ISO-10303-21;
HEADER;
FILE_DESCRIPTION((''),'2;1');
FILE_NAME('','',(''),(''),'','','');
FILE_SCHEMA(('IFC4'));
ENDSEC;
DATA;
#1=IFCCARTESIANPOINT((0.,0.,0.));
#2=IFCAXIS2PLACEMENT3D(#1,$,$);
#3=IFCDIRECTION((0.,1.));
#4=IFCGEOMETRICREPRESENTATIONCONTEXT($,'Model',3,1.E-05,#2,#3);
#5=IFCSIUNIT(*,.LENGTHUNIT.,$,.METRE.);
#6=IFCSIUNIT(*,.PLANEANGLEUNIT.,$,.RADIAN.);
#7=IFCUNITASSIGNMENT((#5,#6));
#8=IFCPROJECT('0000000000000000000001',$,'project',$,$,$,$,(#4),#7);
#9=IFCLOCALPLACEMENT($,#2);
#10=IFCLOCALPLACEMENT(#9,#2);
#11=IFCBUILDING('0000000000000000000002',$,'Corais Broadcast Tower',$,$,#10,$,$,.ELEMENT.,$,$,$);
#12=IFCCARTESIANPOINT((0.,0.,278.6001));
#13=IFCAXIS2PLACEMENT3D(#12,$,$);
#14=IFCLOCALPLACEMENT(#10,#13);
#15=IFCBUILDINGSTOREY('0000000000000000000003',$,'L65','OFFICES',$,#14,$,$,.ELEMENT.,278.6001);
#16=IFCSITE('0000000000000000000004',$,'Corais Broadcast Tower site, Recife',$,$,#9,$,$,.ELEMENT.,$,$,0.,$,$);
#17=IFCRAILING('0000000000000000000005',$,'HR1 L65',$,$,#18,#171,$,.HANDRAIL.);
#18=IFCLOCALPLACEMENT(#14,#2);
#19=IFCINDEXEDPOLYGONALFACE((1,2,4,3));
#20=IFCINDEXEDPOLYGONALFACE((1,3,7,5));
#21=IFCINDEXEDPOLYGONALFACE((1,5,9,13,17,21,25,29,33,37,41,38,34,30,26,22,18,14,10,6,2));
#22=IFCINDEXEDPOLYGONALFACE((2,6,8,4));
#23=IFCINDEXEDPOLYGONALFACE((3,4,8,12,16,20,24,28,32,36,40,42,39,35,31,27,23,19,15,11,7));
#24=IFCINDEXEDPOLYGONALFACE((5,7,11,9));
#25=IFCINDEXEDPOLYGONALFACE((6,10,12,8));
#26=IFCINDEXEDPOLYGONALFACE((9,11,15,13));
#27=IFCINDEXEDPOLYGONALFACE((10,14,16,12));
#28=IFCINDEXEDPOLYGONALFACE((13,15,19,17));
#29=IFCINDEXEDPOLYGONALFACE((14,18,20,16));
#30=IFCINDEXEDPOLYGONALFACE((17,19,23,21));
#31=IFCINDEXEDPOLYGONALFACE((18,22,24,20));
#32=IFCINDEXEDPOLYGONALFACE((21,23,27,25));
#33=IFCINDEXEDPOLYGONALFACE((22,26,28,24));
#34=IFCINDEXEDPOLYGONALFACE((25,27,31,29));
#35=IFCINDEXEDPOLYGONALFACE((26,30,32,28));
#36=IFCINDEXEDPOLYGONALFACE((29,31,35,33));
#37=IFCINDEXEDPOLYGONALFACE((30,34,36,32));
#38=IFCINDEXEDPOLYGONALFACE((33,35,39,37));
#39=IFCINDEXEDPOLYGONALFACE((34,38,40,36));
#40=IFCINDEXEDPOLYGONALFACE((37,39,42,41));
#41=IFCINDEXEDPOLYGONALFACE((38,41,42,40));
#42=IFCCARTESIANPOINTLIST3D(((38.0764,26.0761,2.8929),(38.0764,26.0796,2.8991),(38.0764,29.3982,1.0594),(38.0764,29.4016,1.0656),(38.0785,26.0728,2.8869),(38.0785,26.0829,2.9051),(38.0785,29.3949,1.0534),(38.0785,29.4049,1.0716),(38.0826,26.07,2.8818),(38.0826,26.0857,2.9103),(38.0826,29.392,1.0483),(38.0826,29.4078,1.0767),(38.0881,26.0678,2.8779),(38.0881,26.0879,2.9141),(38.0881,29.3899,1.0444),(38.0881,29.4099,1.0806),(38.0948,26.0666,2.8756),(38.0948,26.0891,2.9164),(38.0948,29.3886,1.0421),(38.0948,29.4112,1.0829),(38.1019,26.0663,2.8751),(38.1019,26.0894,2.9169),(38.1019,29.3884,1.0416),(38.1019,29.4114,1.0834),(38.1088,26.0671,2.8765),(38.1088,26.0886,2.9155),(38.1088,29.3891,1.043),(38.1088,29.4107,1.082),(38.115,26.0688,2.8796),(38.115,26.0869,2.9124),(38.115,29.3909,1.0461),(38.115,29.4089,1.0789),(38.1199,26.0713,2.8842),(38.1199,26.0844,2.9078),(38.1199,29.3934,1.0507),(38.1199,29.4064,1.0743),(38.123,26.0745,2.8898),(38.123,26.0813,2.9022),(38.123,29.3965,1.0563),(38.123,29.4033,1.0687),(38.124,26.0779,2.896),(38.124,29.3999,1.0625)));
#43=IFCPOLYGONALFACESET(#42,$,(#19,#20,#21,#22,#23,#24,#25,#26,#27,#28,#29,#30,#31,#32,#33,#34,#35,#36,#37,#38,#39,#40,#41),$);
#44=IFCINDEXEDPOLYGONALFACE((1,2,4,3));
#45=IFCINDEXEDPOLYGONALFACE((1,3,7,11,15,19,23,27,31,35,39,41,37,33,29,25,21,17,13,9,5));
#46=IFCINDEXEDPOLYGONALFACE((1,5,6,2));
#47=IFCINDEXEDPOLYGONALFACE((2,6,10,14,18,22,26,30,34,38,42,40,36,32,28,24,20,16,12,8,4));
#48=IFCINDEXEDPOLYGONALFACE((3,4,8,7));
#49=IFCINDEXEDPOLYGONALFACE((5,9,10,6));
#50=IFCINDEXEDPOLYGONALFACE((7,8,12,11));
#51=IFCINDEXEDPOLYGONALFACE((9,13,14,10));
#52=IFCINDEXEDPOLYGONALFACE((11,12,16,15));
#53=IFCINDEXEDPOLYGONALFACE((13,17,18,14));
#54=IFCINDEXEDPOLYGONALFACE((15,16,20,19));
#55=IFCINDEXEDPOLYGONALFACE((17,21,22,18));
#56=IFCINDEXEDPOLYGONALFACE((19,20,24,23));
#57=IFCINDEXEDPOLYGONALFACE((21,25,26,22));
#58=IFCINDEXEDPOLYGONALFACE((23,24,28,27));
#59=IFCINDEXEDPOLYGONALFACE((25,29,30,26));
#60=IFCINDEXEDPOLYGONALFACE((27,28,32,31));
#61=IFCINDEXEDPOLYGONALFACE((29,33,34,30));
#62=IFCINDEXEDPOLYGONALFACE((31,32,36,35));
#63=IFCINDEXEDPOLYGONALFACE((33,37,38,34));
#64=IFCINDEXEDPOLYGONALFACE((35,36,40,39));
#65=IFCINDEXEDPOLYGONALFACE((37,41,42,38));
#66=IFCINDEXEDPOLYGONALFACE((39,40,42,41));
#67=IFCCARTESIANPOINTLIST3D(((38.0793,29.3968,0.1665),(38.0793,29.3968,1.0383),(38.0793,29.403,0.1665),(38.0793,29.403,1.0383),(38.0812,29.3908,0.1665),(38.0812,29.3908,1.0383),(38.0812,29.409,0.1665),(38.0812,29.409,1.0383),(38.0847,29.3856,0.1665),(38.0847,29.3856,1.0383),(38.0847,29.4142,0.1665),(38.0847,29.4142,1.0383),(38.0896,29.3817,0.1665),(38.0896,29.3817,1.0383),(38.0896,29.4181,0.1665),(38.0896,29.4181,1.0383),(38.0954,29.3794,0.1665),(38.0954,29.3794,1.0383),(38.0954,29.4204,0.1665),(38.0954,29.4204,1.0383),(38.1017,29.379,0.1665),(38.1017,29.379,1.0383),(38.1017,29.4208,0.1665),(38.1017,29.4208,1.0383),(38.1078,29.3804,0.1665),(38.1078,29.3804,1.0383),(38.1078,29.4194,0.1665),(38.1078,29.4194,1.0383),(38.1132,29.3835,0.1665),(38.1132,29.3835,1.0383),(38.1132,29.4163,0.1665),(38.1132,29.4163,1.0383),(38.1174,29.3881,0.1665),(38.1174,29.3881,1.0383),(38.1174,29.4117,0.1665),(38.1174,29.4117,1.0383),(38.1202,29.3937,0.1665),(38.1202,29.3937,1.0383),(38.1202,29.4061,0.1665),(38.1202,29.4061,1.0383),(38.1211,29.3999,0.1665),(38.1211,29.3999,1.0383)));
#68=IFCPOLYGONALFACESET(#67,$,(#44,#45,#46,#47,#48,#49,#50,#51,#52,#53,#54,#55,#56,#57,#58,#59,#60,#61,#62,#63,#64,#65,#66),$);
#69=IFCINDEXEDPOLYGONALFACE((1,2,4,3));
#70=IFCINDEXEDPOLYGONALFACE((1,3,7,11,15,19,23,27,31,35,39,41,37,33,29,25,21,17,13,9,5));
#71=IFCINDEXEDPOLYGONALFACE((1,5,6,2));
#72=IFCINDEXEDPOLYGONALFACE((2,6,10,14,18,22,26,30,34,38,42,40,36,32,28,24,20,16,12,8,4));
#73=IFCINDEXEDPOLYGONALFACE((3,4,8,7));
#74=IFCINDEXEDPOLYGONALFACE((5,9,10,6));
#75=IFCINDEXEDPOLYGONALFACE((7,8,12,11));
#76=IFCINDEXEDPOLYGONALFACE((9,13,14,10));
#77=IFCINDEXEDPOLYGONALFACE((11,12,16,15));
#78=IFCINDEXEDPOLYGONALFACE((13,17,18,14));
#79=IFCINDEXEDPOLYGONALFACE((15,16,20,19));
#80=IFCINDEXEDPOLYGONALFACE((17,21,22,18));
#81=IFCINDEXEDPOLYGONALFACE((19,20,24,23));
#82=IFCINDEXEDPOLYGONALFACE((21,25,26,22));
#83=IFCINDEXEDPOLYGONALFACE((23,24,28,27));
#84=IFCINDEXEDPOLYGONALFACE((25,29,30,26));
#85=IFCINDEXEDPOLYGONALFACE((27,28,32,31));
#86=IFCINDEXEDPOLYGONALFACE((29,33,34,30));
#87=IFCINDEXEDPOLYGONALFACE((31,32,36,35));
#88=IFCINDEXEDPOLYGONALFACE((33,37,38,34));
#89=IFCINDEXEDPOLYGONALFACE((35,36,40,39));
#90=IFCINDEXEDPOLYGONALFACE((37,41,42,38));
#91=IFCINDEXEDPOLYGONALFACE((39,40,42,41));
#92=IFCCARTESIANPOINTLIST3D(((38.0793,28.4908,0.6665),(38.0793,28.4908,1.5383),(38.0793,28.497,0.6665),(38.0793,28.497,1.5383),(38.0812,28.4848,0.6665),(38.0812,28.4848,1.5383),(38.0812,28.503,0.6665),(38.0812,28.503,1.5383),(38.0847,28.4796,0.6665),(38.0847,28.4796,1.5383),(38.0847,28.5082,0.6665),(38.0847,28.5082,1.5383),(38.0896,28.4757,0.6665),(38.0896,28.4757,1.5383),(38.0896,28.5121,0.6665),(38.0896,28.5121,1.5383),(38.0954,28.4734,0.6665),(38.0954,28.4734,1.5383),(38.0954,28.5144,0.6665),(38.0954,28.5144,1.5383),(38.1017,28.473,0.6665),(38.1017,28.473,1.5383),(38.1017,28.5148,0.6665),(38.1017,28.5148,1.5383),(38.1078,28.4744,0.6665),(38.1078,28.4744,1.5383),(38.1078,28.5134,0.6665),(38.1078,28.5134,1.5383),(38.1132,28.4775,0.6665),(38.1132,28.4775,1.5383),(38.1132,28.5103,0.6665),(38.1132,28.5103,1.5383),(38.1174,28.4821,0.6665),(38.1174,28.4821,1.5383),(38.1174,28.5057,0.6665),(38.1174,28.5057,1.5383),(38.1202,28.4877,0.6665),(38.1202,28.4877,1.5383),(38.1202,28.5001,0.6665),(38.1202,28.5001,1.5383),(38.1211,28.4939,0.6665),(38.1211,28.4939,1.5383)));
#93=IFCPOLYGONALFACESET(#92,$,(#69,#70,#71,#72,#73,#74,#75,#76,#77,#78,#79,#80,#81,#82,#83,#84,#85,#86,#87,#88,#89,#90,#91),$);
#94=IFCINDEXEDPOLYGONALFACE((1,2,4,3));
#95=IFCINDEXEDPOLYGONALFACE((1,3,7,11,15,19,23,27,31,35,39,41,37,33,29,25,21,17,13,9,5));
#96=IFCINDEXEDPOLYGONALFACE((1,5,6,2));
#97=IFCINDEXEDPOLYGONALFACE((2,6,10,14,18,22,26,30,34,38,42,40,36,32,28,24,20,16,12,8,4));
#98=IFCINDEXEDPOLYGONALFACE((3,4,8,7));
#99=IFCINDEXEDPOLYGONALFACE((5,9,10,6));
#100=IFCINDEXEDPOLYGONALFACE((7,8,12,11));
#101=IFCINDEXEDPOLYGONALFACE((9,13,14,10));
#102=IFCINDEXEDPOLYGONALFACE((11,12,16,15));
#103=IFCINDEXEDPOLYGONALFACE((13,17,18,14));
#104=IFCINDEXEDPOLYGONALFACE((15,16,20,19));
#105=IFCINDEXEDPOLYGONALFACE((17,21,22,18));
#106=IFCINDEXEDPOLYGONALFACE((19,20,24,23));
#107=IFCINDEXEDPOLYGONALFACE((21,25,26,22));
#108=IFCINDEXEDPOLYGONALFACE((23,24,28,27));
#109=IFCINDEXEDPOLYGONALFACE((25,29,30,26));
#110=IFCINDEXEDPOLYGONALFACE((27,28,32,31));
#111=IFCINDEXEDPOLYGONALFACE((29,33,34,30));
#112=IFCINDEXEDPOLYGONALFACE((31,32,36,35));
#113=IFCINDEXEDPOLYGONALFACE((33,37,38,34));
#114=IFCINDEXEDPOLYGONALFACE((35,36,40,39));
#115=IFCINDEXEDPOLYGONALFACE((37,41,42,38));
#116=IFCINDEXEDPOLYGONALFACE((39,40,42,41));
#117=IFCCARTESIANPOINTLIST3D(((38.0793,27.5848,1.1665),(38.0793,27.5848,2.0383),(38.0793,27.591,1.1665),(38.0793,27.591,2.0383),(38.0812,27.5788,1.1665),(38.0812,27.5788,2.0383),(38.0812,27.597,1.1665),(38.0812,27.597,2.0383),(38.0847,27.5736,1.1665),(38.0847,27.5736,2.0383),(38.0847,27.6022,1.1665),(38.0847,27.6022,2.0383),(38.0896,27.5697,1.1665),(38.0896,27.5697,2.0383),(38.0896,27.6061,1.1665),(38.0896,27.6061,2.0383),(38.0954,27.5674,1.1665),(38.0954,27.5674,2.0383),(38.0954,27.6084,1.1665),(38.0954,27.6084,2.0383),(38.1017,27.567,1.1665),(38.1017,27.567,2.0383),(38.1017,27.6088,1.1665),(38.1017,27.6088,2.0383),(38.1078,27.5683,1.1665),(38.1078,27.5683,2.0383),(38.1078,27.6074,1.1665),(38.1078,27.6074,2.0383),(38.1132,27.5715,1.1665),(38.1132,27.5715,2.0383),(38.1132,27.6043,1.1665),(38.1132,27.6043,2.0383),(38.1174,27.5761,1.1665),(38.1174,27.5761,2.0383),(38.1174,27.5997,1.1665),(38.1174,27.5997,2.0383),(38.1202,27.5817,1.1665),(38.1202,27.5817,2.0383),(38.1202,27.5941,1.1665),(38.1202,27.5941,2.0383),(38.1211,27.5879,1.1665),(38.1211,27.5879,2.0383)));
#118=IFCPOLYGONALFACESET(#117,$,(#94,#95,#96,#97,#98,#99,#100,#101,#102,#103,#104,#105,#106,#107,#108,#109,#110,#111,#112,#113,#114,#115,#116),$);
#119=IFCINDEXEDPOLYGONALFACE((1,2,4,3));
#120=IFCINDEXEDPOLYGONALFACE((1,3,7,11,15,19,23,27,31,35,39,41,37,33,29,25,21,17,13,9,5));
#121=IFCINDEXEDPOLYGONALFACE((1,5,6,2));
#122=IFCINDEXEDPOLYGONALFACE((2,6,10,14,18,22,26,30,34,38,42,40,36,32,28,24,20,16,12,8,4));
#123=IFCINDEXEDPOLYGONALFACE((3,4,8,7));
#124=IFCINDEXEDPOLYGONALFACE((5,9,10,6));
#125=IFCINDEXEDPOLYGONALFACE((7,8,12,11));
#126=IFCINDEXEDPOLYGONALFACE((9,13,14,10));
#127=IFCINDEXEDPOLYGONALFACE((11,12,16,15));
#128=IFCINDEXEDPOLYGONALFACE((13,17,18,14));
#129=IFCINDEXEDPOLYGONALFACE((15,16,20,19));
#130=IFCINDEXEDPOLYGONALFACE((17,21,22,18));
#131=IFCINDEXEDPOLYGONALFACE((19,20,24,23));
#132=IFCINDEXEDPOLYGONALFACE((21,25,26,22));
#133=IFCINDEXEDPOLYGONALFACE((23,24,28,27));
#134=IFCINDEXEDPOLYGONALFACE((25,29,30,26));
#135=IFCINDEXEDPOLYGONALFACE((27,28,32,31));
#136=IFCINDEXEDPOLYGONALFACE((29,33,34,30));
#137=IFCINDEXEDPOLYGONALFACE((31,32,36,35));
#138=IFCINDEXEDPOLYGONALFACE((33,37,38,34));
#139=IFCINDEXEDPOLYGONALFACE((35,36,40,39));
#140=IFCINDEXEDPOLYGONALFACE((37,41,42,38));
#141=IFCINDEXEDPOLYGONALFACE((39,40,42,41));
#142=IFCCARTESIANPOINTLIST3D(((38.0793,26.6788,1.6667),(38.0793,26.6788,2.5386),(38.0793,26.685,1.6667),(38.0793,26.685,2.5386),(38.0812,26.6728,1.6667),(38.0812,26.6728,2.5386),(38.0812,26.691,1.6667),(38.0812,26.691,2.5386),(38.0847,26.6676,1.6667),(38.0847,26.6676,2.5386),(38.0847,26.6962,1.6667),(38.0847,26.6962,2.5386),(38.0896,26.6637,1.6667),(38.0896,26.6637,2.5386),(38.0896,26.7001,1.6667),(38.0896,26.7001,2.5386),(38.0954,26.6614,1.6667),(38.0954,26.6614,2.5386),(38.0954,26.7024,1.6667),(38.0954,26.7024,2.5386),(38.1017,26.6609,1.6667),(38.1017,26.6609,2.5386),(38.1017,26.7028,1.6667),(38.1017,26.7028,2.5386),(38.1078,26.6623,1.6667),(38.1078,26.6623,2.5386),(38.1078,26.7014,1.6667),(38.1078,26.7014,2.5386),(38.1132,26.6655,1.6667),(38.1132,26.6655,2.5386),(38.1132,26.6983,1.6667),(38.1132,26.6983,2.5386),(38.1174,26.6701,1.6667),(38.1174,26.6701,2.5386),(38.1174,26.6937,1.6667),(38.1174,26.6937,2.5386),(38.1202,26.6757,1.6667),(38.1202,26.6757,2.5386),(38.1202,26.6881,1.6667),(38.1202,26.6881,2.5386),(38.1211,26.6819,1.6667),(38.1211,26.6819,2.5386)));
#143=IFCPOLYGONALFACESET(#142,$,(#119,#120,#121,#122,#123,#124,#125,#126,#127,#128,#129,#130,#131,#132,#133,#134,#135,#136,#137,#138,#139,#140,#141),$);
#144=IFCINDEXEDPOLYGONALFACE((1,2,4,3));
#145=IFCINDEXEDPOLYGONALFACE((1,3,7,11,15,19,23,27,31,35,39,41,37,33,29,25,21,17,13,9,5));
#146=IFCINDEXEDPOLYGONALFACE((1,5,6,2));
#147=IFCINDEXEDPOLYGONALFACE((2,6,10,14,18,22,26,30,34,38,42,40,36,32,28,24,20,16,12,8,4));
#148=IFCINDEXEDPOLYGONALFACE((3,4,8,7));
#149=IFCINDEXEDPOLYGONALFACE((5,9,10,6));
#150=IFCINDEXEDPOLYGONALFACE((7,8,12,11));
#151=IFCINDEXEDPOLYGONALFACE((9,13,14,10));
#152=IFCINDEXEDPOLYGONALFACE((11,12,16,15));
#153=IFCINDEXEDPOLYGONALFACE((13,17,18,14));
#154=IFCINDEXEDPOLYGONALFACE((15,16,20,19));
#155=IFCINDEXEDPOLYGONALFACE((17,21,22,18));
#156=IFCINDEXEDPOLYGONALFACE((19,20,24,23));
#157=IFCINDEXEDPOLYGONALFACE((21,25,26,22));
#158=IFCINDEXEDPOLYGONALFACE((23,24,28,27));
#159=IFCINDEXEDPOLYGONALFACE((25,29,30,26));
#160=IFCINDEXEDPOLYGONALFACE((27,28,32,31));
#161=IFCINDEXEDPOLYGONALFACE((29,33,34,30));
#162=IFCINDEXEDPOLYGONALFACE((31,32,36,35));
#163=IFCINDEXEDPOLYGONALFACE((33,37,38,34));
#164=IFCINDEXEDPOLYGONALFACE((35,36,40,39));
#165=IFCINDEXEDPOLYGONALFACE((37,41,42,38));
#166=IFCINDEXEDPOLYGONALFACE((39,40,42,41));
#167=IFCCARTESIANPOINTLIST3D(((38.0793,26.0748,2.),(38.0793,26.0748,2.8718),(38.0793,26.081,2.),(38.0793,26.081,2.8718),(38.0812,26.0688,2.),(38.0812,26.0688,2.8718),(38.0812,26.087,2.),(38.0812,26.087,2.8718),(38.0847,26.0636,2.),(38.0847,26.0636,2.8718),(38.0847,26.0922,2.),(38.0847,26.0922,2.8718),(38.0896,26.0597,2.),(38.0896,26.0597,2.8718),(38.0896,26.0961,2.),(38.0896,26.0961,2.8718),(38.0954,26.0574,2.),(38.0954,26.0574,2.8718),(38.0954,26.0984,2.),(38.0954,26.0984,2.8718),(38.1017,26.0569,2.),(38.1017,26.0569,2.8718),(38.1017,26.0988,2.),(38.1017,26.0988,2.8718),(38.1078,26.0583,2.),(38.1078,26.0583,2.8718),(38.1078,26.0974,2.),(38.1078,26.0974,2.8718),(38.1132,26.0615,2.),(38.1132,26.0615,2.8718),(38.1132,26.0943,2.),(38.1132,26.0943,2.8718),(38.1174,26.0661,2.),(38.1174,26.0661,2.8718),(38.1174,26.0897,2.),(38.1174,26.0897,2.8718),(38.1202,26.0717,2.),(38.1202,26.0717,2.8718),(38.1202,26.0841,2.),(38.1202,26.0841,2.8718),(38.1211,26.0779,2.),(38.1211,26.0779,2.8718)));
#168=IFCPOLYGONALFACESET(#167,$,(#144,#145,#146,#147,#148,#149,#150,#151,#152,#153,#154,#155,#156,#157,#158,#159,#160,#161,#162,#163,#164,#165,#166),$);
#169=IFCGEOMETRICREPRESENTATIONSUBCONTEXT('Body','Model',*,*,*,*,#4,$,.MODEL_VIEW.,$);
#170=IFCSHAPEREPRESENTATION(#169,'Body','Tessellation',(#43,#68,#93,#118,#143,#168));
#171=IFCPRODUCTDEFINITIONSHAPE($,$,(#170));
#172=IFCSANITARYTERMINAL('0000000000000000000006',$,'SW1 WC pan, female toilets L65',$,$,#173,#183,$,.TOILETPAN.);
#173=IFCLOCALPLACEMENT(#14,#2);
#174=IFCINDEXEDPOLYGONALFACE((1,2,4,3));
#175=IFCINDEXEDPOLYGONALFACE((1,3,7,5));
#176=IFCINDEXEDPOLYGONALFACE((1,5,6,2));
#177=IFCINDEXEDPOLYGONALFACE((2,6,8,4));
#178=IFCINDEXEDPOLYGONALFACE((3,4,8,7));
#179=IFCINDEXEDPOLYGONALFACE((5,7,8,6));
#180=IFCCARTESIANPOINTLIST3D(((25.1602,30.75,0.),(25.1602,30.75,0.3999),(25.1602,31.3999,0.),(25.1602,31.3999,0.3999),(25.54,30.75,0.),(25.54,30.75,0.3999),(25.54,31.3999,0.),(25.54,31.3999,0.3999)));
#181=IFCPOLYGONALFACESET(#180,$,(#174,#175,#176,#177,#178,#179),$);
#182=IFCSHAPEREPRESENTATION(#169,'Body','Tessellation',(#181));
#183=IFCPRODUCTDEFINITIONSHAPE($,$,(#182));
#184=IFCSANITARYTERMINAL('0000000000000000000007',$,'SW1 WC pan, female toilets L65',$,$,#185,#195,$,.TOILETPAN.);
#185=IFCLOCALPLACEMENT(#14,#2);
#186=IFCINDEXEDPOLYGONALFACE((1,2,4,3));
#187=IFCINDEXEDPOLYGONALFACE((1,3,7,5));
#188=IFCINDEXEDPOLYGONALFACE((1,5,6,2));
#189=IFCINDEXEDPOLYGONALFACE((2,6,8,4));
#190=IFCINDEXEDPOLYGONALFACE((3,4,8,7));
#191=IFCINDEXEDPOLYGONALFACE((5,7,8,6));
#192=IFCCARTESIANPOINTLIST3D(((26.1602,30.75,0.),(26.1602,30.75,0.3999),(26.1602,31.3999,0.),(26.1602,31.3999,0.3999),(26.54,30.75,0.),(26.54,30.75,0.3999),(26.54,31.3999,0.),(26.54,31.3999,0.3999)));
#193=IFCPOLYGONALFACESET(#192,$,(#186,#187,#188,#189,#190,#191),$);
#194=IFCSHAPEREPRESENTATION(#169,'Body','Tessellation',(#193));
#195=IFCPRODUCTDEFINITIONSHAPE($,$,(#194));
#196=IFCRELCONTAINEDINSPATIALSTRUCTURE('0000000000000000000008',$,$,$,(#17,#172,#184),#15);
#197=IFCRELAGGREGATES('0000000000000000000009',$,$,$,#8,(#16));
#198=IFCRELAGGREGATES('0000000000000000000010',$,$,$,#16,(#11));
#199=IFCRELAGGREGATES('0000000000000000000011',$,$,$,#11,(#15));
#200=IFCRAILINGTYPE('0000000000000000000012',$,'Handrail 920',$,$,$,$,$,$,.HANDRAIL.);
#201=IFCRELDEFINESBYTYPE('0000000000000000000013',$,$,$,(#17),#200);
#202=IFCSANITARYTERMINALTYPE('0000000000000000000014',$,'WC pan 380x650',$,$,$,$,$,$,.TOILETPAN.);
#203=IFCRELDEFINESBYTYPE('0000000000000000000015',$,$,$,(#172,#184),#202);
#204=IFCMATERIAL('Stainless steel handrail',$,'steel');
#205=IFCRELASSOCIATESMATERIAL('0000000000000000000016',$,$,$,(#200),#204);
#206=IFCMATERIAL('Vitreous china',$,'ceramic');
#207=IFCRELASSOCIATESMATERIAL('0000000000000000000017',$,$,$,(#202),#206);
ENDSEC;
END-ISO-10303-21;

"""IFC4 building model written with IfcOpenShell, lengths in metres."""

from ifc_helpers import new_model, si_unit, direction, frame, origin, origin_2d, place, context, subcontext, project, spatial, rectangle, circle, extrude, material, type_object, element, save


model = new_model("IFC4")

# Units and contexts
model_context = context("Model", 3, precision=1e-05, world=origin(), true_north=direction((0.0, 1.0)))
body_context = subcontext(model_context, "Body", "Model", "MODEL_VIEW")
ifc_project = project(units=[si_unit("LENGTHUNIT", "METRE"), si_unit("PLANEANGLEUNIT", "RADIAN")], contexts=[model_context])

# Site, building, storey
site_placement = place(None, origin())
site = spatial("IfcSite", under=ifc_project, at=site_placement, Name="Corais Broadcast Tower site, Recife", CompositionType="ELEMENT", RefElevation=0.0)
building_placement = place(site_placement, origin())
building = spatial("IfcBuilding", under=site, at=building_placement, Name="Corais Broadcast Tower", CompositionType="ELEMENT")
storey_placement = place(building_placement, frame((0.0, 0.0, 278.6001)))
storey = spatial("IfcBuildingStorey", under=building, at=storey_placement, Name="L65", Description="OFFICES", CompositionType="ELEMENT", Elevation=278.6001)

# Railing
ifc_material_1 = material(Name="Stainless steel handrail", Category="steel")
railing_type = type_object("IfcRailingType", Name="Handrail 920", PredefinedType="HANDRAIL", material=ifc_material_1)
for number, where, name in (
    (1, (38.1001, 29.3999, 0.1665), "HR1 L65"),
):
    element("IfcRailing", number, at=place(storey_placement, frame(where)), inside=storey, type_object=railing_type, Name=name, PredefinedType="HANDRAIL", context=body_context, shape_type="SweptSolid", body=[
        extrude(circle(Radius=0.0239, at=origin_2d()), frame((0.0, 0.0, 0.896), z_axis=(0.0, -0.875504, 0.48321), x_axis=(1.0, 0.0, 0.0)), (0.0, 0.0, 1.0), 3.7944),
        extrude(circle(Radius=0.021, at=origin_2d()), origin(), (0.0, 0.0, 1.0), 0.8718),
        extrude(circle(Radius=0.021, at=origin_2d()), frame((0.0, -0.906, 0.5)), (0.0, 0.0, 1.0), 0.8718),
        extrude(circle(Radius=0.021, at=origin_2d()), frame((0.0, -1.812, 1.0)), (0.0, 0.0, 1.0), 0.8718),
        extrude(circle(Radius=0.021, at=origin_2d()), frame((0.0, -2.718, 1.5002)), (0.0, 0.0, 1.0), 0.8718),
        extrude(circle(Radius=0.021, at=origin_2d()), frame((0.0, -3.322, 1.8335)), (0.0, 0.0, 1.0), 0.8718),
    ])

# Sanitary terminals
ifc_material_2 = material(Name="Vitreous china", Category="ceramic")
sanitary_terminal_type = type_object("IfcSanitaryTerminalType", Name="WC pan 380x650", PredefinedType="TOILETPAN", material=ifc_material_2)
for number, where, z_axis, x_axis, name in (
    (2, (25.3501, 31.075, 0.0), (0.0, 0.0, 1.0), (1.0, 0.0, 0.0), "SW1 WC pan, female toilets L65"),
    (3, (26.3501, 31.075, 0.0), (0.0, 0.0, 1.0), (1.0, 0.0, 0.0), "SW1 WC pan, female toilets L65"),
):
    element("IfcSanitaryTerminal", number, at=place(storey_placement, frame(where, z_axis=z_axis, x_axis=x_axis)), inside=storey, type_object=sanitary_terminal_type, Name=name, PredefinedType="TOILETPAN", context=body_context, shape_type="SweptSolid", body=[
        extrude(rectangle(XDim=0.3799, YDim=0.6499, at=origin_2d()), origin(), (0.0, 0.0, 1.0), 0.3999),
    ])

save(model, "model.ifc")
